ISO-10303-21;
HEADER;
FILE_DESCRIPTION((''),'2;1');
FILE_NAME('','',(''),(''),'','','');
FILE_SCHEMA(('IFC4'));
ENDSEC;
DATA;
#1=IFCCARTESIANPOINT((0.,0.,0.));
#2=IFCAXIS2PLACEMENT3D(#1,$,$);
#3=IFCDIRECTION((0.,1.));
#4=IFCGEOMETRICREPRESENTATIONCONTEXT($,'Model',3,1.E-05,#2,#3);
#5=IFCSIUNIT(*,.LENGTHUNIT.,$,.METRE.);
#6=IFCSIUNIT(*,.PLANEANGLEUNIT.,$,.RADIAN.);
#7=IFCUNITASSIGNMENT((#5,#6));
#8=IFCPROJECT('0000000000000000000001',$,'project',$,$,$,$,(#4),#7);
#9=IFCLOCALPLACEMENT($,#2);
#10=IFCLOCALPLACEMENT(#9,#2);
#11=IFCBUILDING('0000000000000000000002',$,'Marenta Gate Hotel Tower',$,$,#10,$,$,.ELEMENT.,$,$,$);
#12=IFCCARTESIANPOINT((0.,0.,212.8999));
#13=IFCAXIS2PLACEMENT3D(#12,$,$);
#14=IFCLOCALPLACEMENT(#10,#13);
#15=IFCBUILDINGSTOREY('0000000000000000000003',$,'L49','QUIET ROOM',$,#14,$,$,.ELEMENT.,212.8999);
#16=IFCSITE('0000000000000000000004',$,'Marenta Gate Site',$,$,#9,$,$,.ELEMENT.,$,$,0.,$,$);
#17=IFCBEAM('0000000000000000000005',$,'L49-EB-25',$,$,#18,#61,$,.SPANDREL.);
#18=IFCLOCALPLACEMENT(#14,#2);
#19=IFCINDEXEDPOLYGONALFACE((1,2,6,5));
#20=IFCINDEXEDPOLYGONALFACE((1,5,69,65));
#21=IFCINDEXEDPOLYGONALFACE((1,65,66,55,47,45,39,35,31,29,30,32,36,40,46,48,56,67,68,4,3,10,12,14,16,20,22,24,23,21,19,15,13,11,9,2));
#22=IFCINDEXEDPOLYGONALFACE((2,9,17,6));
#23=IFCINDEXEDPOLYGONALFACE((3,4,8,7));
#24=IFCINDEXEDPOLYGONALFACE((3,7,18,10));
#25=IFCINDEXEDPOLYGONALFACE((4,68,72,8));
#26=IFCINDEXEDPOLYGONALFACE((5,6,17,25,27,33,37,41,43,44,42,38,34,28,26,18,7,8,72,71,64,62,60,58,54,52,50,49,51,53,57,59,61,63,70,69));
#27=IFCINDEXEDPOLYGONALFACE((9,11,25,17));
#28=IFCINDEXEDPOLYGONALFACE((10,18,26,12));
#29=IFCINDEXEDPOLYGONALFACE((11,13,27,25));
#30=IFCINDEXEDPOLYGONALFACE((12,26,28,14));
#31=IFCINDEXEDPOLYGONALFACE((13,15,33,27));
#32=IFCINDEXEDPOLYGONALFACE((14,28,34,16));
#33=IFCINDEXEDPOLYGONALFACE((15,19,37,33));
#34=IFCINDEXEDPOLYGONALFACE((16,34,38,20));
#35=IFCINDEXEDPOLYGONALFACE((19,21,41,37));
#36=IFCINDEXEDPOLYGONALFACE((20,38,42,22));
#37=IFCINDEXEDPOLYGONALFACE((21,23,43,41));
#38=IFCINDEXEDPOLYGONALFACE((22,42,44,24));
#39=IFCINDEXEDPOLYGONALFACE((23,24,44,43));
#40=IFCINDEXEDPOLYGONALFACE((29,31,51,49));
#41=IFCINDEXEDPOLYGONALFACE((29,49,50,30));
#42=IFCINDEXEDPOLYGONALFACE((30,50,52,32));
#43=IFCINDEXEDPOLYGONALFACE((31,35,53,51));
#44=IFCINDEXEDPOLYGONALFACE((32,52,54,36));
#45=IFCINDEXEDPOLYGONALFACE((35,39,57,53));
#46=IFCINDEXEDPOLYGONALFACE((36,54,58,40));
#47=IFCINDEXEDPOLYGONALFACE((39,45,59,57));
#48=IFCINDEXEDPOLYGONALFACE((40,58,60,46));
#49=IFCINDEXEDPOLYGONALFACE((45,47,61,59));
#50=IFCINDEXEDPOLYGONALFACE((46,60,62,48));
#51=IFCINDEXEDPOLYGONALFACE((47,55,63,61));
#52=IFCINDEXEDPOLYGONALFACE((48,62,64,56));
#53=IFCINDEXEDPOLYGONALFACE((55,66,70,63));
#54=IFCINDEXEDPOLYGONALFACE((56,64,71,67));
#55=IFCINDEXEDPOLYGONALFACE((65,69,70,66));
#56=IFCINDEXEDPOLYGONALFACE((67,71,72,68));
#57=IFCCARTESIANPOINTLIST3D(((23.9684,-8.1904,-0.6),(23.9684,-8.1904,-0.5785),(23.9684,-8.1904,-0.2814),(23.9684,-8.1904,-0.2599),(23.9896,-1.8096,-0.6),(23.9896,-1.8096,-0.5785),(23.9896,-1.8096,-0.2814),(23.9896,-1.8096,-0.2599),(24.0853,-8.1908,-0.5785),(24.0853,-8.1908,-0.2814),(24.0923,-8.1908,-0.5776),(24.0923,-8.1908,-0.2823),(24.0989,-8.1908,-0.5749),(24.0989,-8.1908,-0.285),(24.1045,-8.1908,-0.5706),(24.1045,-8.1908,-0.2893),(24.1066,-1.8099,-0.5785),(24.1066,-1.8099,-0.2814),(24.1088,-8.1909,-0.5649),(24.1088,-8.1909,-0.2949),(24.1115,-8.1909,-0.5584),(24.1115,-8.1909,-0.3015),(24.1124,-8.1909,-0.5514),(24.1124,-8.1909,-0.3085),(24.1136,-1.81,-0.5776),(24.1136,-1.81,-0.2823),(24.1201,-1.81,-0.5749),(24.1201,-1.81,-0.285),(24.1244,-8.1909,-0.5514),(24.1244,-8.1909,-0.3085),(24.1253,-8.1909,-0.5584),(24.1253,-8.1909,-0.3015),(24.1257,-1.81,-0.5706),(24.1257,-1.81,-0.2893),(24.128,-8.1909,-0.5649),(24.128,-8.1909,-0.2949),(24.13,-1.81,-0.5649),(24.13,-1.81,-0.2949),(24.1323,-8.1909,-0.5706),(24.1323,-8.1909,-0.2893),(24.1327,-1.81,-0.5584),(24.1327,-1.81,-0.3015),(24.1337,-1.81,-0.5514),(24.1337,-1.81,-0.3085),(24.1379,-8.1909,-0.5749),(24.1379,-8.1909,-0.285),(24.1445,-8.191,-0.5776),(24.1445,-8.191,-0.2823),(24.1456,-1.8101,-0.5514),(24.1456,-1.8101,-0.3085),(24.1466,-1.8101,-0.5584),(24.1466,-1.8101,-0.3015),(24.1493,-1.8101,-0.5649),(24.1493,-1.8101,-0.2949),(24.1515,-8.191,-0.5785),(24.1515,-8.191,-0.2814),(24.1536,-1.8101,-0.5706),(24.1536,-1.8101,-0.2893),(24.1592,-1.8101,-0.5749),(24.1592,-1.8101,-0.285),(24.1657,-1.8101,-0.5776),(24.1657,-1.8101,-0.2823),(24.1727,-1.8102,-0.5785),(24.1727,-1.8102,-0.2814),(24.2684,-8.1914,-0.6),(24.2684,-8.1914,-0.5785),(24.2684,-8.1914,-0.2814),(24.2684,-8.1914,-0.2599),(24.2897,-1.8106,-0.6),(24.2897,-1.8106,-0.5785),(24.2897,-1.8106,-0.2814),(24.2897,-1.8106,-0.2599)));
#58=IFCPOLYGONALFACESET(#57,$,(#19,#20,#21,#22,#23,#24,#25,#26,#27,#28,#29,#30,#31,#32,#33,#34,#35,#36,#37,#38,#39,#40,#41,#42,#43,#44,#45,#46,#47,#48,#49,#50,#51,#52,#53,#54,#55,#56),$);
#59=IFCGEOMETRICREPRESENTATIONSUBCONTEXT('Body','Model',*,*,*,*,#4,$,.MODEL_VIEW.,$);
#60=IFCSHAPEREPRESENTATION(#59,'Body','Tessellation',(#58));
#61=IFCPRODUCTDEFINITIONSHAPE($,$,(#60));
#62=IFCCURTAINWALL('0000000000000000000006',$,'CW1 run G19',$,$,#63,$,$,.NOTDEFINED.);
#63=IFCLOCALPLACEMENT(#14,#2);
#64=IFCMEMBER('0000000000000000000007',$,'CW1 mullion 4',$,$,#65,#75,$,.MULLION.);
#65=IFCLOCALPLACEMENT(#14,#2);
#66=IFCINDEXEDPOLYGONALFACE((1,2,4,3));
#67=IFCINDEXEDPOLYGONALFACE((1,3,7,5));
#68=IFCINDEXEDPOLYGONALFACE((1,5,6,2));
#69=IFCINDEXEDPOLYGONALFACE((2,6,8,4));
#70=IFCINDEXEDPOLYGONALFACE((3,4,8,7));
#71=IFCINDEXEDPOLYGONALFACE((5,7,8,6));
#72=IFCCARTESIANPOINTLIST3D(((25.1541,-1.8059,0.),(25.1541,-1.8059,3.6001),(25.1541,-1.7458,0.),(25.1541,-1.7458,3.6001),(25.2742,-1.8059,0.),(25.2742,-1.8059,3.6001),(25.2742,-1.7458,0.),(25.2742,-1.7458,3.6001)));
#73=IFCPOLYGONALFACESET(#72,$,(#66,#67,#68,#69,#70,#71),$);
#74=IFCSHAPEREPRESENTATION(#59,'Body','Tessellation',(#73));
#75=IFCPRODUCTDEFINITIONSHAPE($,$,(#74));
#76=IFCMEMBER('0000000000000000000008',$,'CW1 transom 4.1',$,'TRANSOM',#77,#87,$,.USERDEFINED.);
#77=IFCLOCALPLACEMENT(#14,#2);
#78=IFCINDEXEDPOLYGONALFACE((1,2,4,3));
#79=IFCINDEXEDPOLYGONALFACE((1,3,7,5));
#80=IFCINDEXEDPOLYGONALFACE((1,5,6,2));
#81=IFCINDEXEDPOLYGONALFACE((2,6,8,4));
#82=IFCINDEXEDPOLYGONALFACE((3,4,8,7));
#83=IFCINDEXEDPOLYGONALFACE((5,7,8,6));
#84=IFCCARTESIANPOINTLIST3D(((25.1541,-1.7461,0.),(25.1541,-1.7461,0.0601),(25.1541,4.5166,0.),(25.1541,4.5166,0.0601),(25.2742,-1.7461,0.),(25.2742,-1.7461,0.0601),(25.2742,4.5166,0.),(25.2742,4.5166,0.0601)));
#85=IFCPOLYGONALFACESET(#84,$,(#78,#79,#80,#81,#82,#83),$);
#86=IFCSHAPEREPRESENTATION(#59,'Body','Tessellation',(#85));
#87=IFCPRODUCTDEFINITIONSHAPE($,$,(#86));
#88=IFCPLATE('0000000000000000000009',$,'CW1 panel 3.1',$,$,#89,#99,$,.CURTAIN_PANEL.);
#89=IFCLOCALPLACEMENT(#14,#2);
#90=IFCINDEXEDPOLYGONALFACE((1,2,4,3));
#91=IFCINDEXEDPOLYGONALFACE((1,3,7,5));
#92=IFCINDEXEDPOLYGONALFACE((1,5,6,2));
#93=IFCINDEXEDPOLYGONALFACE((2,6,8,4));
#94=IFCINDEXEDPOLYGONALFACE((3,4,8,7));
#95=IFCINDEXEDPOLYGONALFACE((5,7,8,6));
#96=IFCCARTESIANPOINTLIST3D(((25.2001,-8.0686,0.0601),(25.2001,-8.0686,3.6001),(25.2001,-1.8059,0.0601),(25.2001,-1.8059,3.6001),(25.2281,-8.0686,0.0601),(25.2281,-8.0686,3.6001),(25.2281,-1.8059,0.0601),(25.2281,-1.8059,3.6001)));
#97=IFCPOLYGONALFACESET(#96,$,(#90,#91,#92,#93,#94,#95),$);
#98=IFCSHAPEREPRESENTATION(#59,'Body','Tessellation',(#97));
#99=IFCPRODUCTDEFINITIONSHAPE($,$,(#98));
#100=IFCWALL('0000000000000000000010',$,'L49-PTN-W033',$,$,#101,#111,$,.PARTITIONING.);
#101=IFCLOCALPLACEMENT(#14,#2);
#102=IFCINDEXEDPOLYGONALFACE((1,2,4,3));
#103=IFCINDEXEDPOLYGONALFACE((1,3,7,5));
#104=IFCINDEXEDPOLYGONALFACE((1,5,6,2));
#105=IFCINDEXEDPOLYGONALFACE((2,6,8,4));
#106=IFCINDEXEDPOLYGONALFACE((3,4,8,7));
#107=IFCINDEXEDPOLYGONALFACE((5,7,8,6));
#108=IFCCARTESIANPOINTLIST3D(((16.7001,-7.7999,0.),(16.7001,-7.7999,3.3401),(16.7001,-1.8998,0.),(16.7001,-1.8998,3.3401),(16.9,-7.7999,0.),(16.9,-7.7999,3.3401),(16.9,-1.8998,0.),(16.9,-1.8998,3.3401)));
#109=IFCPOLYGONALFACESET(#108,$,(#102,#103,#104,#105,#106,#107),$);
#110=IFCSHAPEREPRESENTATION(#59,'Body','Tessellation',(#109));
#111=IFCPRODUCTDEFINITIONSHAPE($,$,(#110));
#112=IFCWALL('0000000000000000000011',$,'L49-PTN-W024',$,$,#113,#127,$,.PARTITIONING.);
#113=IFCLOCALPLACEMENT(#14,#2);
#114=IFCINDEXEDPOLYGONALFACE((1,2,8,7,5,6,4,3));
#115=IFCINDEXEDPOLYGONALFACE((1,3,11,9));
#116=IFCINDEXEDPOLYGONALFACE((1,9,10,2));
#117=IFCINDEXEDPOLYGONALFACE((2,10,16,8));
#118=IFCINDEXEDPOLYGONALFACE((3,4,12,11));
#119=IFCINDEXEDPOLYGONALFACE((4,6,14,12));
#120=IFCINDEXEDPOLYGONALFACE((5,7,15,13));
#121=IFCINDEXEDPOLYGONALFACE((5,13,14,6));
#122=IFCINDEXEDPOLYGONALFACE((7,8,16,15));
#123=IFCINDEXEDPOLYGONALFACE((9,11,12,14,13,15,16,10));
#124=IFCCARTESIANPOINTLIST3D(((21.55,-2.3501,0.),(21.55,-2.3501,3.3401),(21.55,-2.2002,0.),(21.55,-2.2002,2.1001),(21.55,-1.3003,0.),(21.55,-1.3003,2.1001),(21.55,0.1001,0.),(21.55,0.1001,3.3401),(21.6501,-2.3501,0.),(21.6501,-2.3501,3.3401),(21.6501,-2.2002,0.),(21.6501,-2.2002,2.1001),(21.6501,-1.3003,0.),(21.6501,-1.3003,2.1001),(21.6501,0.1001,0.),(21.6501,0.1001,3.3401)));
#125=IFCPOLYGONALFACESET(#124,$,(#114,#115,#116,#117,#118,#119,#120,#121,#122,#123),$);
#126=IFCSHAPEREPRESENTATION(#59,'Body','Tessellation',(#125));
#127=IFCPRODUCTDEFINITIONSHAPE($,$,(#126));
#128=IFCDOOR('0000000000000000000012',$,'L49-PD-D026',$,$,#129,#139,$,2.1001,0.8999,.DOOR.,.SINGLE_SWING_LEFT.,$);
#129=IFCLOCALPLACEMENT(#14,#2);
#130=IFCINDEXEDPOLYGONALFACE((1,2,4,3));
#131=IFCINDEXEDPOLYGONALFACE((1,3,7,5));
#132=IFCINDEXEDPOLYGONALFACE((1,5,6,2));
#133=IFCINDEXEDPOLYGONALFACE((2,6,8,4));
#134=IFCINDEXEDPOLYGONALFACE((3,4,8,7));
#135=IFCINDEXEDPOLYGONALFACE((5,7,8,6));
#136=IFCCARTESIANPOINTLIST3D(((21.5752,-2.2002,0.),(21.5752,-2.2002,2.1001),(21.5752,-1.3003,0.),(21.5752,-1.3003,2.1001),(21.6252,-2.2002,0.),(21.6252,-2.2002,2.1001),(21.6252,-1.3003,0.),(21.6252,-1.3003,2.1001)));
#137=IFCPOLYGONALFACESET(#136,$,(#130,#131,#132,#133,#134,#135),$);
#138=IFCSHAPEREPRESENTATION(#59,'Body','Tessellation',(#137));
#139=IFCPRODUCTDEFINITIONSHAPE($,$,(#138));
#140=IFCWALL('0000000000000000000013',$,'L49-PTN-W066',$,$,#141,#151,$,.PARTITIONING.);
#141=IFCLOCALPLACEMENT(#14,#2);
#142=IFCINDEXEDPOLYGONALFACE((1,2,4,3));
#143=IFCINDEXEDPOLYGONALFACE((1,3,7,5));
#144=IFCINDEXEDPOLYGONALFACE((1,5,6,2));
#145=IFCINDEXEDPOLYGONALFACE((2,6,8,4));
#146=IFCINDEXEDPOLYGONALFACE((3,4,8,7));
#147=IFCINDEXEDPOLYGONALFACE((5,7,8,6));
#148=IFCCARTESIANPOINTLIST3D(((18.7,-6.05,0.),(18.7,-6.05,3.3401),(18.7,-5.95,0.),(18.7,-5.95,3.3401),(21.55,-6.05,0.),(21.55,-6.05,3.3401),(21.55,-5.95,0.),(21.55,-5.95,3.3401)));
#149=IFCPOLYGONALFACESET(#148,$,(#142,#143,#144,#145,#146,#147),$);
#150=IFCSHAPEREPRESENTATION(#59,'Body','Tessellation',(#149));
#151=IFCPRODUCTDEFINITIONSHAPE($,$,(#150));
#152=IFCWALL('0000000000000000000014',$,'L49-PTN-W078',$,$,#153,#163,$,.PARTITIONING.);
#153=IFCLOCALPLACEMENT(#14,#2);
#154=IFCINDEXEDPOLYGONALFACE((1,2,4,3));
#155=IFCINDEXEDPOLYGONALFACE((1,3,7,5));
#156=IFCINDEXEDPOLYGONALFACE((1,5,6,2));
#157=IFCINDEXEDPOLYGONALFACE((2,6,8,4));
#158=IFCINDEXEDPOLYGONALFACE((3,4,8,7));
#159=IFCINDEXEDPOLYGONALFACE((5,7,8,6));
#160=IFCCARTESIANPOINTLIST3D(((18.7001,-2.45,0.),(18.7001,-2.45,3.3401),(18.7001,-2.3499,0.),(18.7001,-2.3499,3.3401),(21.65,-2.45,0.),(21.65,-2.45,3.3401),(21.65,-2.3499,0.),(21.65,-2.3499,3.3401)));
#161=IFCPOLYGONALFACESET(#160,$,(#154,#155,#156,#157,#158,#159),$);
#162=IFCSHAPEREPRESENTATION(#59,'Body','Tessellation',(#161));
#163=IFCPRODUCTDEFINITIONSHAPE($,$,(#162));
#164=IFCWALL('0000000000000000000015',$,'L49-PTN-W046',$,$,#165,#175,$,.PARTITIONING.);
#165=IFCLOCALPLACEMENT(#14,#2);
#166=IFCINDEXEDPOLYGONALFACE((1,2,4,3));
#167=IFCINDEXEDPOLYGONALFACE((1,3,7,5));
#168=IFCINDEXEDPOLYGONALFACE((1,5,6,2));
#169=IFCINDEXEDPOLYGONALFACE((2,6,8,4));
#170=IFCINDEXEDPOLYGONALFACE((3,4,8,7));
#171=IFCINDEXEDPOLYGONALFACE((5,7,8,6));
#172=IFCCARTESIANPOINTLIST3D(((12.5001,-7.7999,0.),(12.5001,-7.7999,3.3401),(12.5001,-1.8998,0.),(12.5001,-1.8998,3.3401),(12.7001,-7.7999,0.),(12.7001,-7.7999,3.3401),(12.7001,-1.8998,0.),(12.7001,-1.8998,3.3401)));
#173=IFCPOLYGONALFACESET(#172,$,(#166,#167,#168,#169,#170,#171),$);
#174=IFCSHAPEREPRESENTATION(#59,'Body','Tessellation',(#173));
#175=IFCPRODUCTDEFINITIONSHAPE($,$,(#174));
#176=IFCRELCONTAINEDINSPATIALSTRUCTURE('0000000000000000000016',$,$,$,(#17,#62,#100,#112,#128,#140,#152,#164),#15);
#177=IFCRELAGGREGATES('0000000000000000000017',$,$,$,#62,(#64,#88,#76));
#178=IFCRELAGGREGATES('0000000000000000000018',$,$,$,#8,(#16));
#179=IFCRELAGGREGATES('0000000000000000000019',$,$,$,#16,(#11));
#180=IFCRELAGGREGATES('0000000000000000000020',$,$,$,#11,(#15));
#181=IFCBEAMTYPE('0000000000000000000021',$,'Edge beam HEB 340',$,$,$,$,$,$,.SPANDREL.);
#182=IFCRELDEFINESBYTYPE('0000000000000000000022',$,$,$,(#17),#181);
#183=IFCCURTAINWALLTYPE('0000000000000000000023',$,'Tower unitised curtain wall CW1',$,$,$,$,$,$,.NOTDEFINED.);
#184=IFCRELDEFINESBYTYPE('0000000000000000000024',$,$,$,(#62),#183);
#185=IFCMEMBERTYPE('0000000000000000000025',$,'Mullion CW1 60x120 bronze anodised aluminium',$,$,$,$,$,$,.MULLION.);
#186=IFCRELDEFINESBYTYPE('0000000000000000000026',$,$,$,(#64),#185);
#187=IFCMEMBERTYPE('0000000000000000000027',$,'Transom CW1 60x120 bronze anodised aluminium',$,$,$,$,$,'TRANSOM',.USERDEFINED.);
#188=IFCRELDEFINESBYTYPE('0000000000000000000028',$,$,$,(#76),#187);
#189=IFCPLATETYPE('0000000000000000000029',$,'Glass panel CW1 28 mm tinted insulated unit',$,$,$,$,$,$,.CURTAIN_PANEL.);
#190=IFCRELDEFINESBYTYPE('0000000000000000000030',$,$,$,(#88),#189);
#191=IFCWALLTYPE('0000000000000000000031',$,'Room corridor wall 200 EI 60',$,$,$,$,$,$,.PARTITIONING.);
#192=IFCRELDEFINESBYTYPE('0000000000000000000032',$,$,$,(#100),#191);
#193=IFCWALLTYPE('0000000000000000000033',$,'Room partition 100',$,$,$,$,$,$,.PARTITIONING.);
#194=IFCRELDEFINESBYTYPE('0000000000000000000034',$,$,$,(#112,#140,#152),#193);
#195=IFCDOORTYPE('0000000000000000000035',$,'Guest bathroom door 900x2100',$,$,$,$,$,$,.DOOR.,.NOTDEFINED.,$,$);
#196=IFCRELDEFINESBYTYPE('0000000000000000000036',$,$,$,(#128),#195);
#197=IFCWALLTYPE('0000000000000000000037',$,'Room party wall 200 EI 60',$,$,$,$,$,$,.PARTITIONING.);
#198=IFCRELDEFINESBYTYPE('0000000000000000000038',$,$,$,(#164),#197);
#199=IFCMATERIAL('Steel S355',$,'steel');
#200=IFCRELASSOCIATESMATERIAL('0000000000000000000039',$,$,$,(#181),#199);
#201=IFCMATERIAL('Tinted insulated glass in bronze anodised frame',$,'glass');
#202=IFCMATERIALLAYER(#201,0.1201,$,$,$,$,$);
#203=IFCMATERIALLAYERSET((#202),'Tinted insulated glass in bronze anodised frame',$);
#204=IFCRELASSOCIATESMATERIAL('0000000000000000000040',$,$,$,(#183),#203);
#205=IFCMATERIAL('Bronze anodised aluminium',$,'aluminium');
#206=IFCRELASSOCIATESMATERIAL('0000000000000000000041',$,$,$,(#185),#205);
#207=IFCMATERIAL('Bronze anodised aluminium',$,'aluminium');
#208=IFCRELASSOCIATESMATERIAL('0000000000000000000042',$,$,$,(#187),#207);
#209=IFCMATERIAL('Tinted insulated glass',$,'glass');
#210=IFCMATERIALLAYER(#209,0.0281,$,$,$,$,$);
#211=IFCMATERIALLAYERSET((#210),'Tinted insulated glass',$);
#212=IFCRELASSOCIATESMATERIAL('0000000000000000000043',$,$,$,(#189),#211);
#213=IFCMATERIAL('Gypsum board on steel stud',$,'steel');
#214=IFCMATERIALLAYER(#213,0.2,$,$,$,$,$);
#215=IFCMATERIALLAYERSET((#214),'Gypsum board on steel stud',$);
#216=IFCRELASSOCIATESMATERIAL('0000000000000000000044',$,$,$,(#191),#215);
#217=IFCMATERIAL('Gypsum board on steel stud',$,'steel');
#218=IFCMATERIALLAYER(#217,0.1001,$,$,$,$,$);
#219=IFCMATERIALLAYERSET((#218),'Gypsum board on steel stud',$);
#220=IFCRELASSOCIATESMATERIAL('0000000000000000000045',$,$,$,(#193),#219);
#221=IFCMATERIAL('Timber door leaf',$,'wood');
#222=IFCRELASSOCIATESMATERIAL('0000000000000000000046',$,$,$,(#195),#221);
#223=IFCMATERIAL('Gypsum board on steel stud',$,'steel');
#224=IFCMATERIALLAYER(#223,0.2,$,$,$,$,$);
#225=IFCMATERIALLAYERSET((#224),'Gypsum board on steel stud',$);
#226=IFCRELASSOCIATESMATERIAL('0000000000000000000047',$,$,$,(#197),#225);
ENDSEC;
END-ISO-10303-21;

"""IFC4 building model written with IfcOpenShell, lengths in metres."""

from ifc_helpers import new_model, si_unit, direction, frame, frame_2d, origin, origin_2d, place, context, subcontext, project, spatial, rectangle, i_section, extrude, material, layer, layer_set, material_profile, profile_set, type_object, element, fill, aggregate, save


model = new_model("IFC4")

# Units and contexts
model_context = context("Model", 3, precision=1e-05, world=origin(), true_north=direction((0.0, 1.0)))
body_context = subcontext(model_context, "Body", "Model", "MODEL_VIEW")
ifc_project = project(units=[si_unit("LENGTHUNIT", "METRE"), si_unit("PLANEANGLEUNIT", "RADIAN")], contexts=[model_context])

# Site, building, storey
site_placement = place(None, origin())
site = spatial("IfcSite", under=ifc_project, at=site_placement, Name="Marenta Gate Site", CompositionType="ELEMENT", RefElevation=0.0)
building_placement = place(site_placement, origin())
building = spatial("IfcBuilding", under=site, at=building_placement, Name="Marenta Gate Hotel Tower", CompositionType="ELEMENT")
storey_placement = place(building_placement, frame((0.0, 0.0, 212.8999)))
storey = spatial("IfcBuildingStorey", under=building, at=storey_placement, Name="L49", Description="QUIET ROOM", CompositionType="ELEMENT", Elevation=212.8999)

# Beam
ifc_material_1 = material(Name="Steel S355", Category="steel")
ifc_material_profile_1 = material_profile(ifc_material_1, i_section(OverallWidth=0.3, OverallDepth=0.3401, WebThickness=0.012, FlangeThickness=0.0215, FilletRadius=0.0271, at=origin_2d()), Name="HEB 340")
ifc_profile_set_1 = profile_set([ifc_material_profile_1], Name="Steel S355")
beam_type = type_object("IfcBeamType", Name="Edge beam HEB 340", PredefinedType="SPANDREL", material=ifc_profile_set_1)
beam_placement = place(storey_placement, frame((24.1396, -1.8101, -0.4299), z_axis=(-0.003329, -0.999994, 0.0), x_axis=(0.999994, -0.003329, 0.0)))
element("IfcBeam", 1, at=beam_placement, inside=storey, type_object=beam_type, Name="L49-EB-25", PredefinedType="SPANDREL", context=body_context, shape_type="SweptSolid", body=[
    extrude(i_section(OverallWidth=0.3, OverallDepth=0.3401, WebThickness=0.012, FlangeThickness=0.0215, FilletRadius=0.0271, at=origin_2d()), origin(), (0.0, 0.0, 1.0), 6.3809),
])

# Curtain wall, members, plate
ifc_material_2 = material(Name="Tinted insulated glass in bronze anodised frame", Category="glass")
ifc_layer_1 = layer(ifc_material_2, 0.1201)
ifc_layer_set_1 = layer_set([ifc_layer_1], Name="Tinted insulated glass in bronze anodised frame")
curtain_wall_type = type_object("IfcCurtainWallType", Name="Tower unitised curtain wall CW1", PredefinedType="NOTDEFINED", material=ifc_layer_set_1)
curtain_wall_placement = place(storey_placement, origin())
curtain_wall = element("IfcCurtainWall", 2, at=curtain_wall_placement, inside=storey, type_object=curtain_wall_type, Name="CW1 run G19", PredefinedType="NOTDEFINED")
ifc_material_3 = material(Name="Bronze anodised aluminium", Category="aluminium")
ifc_material_profile_2 = material_profile(ifc_material_3, rectangle(XDim=0.1201, YDim=0.0601, at=origin_2d()), Name="Mullion CW1 60x120 bronze anodised aluminium")
ifc_profile_set_2 = profile_set([ifc_material_profile_2], Name="Bronze anodised aluminium")
member_type_1 = type_object("IfcMemberType", Name="Mullion CW1 60x120 bronze anodised aluminium", PredefinedType="MULLION", material=ifc_profile_set_2)
member_1_placement = place(storey_placement, frame((25.2141, -1.7759, 0.0), z_axis=(0.0, 0.0, 1.0), x_axis=(-1.0, 0.0, 0.0)))
member_1 = element("IfcMember", 3, at=member_1_placement, type_object=member_type_1, Name="CW1 mullion 4", PredefinedType="MULLION", context=body_context, shape_type="SweptSolid", body=[
    extrude(rectangle(XDim=0.1201, YDim=0.0601, at=origin_2d()), origin(), (0.0, 0.0, 1.0), 3.6001),
])
ifc_material_4 = material(Name="Bronze anodised aluminium", Category="aluminium")
ifc_material_profile_3 = material_profile(ifc_material_4, rectangle(XDim=0.1201, YDim=0.0601, at=origin_2d()), Name="Transom CW1 60x120 bronze anodised aluminium")
ifc_profile_set_3 = profile_set([ifc_material_profile_3], Name="Bronze anodised aluminium")
member_type_2 = type_object("IfcMemberType", Name="Transom CW1 60x120 bronze anodised aluminium", ElementType="TRANSOM", PredefinedType="USERDEFINED", material=ifc_profile_set_3)
member_2_placement = place(storey_placement, frame((25.2141, -1.7461, 0.03), z_axis=(0.0, 1.0, 0.0), x_axis=(-1.0, 0.0, 0.0)))
member_2 = element("IfcMember", 4, at=member_2_placement, type_object=member_type_2, Name="CW1 transom 4.1", ObjectType="TRANSOM", PredefinedType="USERDEFINED", context=body_context, shape_type="SweptSolid", body=[
    extrude(rectangle(XDim=0.1201, YDim=0.0601, at=origin_2d()), origin(), (0.0, 0.0, 1.0), 6.2627),
])
ifc_material_5 = material(Name="Tinted insulated glass", Category="glass")
ifc_layer_2 = layer(ifc_material_5, 0.0281)
ifc_layer_set_2 = layer_set([ifc_layer_2], Name="Tinted insulated glass")
plate_type = type_object("IfcPlateType", Name="Glass panel CW1 28 mm tinted insulated unit", PredefinedType="CURTAIN_PANEL", material=ifc_layer_set_2)
plate_placement = place(storey_placement, frame((25.2141, -4.9373, 0.0601), z_axis=(0.0, 0.0, 1.0), x_axis=(0.0, 1.0, 0.0)))
plate = element("IfcPlate", 5, at=plate_placement, type_object=plate_type, Name="CW1 panel 3.1", PredefinedType="CURTAIN_PANEL", context=body_context, shape_type="SweptSolid", body=[
    extrude(rectangle(XDim=6.2627, YDim=0.0281, at=origin_2d()), origin(), (0.0, 0.0, 1.0), 3.54),
])
aggregate(curtain_wall, [member_1, plate, member_2])

# Wall
ifc_material_6 = material(Name="Gypsum board on steel stud", Category="steel")
ifc_layer_3 = layer(ifc_material_6, 0.2)
ifc_layer_set_3 = layer_set([ifc_layer_3], Name="Gypsum board on steel stud")
wall_type_1 = type_object("IfcWallType", Name="Room corridor wall 200 EI 60", PredefinedType="PARTITIONING", material=ifc_layer_set_3)
wall_1_placement = place(storey_placement, frame((16.8, -7.8, 0.0), z_axis=(0.0, 0.0, 1.0), x_axis=(0.0, 1.0, 0.0)))
element("IfcWall", 6, at=wall_1_placement, inside=storey, type_object=wall_type_1, Name="L49-PTN-W033", PredefinedType="PARTITIONING", context=body_context, shape_type="SweptSolid", body=[
    extrude(rectangle(XDim=5.9001, YDim=0.2, at=frame_2d((2.9502, 0.0))), origin(), (0.0, 0.0, 1.0), 3.3401),
])

# Wall, opening, door
ifc_material_7 = material(Name="Gypsum board on steel stud", Category="steel")
ifc_layer_4 = layer(ifc_material_7, 0.1001)
ifc_layer_set_4 = layer_set([ifc_layer_4], Name="Gypsum board on steel stud")
wall_type_2 = type_object("IfcWallType", Name="Room partition 100", PredefinedType="PARTITIONING", material=ifc_layer_set_4)
wall_2_placement = place(storey_placement, frame((21.6001, -2.3501, 0.0), z_axis=(0.0, 0.0, 1.0), x_axis=(0.0, 1.0, 0.0)))
wall_2 = element("IfcWall", 7, at=wall_2_placement, inside=storey, type_object=wall_type_2, Name="L49-PTN-W024", PredefinedType="PARTITIONING", context=body_context, shape_type="SweptSolid", body=[
    extrude(rectangle(XDim=2.4502, YDim=0.1001, at=frame_2d((1.2251, 0.0))), origin(), (0.0, 0.0, 1.0), 3.3401),
])
opening_1_placement = place(wall_2_placement, frame((0.1499, 0.0, 0.0)))
opening_1 = element("IfcOpeningElement", 8, at=opening_1_placement, cuts=wall_2, PredefinedType="OPENING", context=body_context, shape_type="SweptSolid", body=[
    extrude(rectangle(XDim=0.8999, YDim=2.1001, at=frame_2d((0.45, 1.05))), frame((0.0, 0.05, 0.0), z_axis=(0.0, -1.0, 0.0), x_axis=(1.0, 0.0, 0.0)), (0.0, 0.0, 1.0), 0.1001),
])
ifc_material_8 = material(Name="Timber door leaf", Category="wood")
door_type_1 = type_object("IfcDoorType", Name="Guest bathroom door 900x2100", OperationType="NOTDEFINED", PredefinedType="DOOR", material=ifc_material_8)
door_1_placement = place(opening_1_placement, origin())
door_1 = element("IfcDoor", 9, at=door_1_placement, inside=storey, type_object=door_type_1, Name="L49-PD-D026", OperationType="SINGLE_SWING_LEFT", OverallHeight=2.1001, OverallWidth=0.8999, PredefinedType="DOOR", context=body_context, shape_type="SweptSolid", body=[
    extrude(rectangle(XDim=0.8999, YDim=2.1001, at=frame_2d((0.45, 1.05))), frame((0.0, 0.0249, 0.0), z_axis=(0.0, -1.0, 0.0), x_axis=(1.0, 0.0, 0.0)), (0.0, 0.0, 1.0), 0.05),
])
fill(opening_1, door_1)

# Walls
wall_3_placement = place(storey_placement, frame((18.7, -6.0, 0.0), z_axis=(0.0, 0.0, 1.0), x_axis=(1.0, 0.0, 0.0)))
element("IfcWall", 10, at=wall_3_placement, inside=storey, type_object=wall_type_2, Name="L49-PTN-W066", PredefinedType="PARTITIONING", context=body_context, shape_type="SweptSolid", body=[
    extrude(rectangle(XDim=2.8501, YDim=0.1001, at=frame_2d((1.425, 0.0))), origin(), (0.0, 0.0, 1.0), 3.3401),
])
wall_4_placement = place(storey_placement, frame((18.7, -2.3999, 0.0), z_axis=(0.0, 0.0, 1.0), x_axis=(1.0, 0.0, 0.0)))
element("IfcWall", 11, at=wall_4_placement, inside=storey, type_object=wall_type_2, Name="L49-PTN-W078", PredefinedType="PARTITIONING", context=body_context, shape_type="SweptSolid", body=[
    extrude(rectangle(XDim=2.95, YDim=0.1001, at=frame_2d((1.4751, 0.0))), origin(), (0.0, 0.0, 1.0), 3.3401),
])
ifc_material_9 = material(Name="Gypsum board on steel stud", Category="steel")
ifc_layer_5 = layer(ifc_material_9, 0.2)
ifc_layer_set_5 = layer_set([ifc_layer_5], Name="Gypsum board on steel stud")
wall_type_3 = type_object("IfcWallType", Name="Room party wall 200 EI 60", PredefinedType="PARTITIONING", material=ifc_layer_set_5)
wall_5_placement = place(storey_placement, frame((12.6001, -7.8, 0.0), z_axis=(0.0, 0.0, 1.0), x_axis=(0.0, 1.0, 0.0)))
element("IfcWall", 12, at=wall_5_placement, inside=storey, type_object=wall_type_3, Name="L49-PTN-W046", PredefinedType="PARTITIONING", context=body_context, shape_type="SweptSolid", body=[
    extrude(rectangle(XDim=5.9001, YDim=0.2, at=frame_2d((2.9502, 0.0))), origin(), (0.0, 0.0, 1.0), 3.3401),
])

save(model, "model.ifc")
